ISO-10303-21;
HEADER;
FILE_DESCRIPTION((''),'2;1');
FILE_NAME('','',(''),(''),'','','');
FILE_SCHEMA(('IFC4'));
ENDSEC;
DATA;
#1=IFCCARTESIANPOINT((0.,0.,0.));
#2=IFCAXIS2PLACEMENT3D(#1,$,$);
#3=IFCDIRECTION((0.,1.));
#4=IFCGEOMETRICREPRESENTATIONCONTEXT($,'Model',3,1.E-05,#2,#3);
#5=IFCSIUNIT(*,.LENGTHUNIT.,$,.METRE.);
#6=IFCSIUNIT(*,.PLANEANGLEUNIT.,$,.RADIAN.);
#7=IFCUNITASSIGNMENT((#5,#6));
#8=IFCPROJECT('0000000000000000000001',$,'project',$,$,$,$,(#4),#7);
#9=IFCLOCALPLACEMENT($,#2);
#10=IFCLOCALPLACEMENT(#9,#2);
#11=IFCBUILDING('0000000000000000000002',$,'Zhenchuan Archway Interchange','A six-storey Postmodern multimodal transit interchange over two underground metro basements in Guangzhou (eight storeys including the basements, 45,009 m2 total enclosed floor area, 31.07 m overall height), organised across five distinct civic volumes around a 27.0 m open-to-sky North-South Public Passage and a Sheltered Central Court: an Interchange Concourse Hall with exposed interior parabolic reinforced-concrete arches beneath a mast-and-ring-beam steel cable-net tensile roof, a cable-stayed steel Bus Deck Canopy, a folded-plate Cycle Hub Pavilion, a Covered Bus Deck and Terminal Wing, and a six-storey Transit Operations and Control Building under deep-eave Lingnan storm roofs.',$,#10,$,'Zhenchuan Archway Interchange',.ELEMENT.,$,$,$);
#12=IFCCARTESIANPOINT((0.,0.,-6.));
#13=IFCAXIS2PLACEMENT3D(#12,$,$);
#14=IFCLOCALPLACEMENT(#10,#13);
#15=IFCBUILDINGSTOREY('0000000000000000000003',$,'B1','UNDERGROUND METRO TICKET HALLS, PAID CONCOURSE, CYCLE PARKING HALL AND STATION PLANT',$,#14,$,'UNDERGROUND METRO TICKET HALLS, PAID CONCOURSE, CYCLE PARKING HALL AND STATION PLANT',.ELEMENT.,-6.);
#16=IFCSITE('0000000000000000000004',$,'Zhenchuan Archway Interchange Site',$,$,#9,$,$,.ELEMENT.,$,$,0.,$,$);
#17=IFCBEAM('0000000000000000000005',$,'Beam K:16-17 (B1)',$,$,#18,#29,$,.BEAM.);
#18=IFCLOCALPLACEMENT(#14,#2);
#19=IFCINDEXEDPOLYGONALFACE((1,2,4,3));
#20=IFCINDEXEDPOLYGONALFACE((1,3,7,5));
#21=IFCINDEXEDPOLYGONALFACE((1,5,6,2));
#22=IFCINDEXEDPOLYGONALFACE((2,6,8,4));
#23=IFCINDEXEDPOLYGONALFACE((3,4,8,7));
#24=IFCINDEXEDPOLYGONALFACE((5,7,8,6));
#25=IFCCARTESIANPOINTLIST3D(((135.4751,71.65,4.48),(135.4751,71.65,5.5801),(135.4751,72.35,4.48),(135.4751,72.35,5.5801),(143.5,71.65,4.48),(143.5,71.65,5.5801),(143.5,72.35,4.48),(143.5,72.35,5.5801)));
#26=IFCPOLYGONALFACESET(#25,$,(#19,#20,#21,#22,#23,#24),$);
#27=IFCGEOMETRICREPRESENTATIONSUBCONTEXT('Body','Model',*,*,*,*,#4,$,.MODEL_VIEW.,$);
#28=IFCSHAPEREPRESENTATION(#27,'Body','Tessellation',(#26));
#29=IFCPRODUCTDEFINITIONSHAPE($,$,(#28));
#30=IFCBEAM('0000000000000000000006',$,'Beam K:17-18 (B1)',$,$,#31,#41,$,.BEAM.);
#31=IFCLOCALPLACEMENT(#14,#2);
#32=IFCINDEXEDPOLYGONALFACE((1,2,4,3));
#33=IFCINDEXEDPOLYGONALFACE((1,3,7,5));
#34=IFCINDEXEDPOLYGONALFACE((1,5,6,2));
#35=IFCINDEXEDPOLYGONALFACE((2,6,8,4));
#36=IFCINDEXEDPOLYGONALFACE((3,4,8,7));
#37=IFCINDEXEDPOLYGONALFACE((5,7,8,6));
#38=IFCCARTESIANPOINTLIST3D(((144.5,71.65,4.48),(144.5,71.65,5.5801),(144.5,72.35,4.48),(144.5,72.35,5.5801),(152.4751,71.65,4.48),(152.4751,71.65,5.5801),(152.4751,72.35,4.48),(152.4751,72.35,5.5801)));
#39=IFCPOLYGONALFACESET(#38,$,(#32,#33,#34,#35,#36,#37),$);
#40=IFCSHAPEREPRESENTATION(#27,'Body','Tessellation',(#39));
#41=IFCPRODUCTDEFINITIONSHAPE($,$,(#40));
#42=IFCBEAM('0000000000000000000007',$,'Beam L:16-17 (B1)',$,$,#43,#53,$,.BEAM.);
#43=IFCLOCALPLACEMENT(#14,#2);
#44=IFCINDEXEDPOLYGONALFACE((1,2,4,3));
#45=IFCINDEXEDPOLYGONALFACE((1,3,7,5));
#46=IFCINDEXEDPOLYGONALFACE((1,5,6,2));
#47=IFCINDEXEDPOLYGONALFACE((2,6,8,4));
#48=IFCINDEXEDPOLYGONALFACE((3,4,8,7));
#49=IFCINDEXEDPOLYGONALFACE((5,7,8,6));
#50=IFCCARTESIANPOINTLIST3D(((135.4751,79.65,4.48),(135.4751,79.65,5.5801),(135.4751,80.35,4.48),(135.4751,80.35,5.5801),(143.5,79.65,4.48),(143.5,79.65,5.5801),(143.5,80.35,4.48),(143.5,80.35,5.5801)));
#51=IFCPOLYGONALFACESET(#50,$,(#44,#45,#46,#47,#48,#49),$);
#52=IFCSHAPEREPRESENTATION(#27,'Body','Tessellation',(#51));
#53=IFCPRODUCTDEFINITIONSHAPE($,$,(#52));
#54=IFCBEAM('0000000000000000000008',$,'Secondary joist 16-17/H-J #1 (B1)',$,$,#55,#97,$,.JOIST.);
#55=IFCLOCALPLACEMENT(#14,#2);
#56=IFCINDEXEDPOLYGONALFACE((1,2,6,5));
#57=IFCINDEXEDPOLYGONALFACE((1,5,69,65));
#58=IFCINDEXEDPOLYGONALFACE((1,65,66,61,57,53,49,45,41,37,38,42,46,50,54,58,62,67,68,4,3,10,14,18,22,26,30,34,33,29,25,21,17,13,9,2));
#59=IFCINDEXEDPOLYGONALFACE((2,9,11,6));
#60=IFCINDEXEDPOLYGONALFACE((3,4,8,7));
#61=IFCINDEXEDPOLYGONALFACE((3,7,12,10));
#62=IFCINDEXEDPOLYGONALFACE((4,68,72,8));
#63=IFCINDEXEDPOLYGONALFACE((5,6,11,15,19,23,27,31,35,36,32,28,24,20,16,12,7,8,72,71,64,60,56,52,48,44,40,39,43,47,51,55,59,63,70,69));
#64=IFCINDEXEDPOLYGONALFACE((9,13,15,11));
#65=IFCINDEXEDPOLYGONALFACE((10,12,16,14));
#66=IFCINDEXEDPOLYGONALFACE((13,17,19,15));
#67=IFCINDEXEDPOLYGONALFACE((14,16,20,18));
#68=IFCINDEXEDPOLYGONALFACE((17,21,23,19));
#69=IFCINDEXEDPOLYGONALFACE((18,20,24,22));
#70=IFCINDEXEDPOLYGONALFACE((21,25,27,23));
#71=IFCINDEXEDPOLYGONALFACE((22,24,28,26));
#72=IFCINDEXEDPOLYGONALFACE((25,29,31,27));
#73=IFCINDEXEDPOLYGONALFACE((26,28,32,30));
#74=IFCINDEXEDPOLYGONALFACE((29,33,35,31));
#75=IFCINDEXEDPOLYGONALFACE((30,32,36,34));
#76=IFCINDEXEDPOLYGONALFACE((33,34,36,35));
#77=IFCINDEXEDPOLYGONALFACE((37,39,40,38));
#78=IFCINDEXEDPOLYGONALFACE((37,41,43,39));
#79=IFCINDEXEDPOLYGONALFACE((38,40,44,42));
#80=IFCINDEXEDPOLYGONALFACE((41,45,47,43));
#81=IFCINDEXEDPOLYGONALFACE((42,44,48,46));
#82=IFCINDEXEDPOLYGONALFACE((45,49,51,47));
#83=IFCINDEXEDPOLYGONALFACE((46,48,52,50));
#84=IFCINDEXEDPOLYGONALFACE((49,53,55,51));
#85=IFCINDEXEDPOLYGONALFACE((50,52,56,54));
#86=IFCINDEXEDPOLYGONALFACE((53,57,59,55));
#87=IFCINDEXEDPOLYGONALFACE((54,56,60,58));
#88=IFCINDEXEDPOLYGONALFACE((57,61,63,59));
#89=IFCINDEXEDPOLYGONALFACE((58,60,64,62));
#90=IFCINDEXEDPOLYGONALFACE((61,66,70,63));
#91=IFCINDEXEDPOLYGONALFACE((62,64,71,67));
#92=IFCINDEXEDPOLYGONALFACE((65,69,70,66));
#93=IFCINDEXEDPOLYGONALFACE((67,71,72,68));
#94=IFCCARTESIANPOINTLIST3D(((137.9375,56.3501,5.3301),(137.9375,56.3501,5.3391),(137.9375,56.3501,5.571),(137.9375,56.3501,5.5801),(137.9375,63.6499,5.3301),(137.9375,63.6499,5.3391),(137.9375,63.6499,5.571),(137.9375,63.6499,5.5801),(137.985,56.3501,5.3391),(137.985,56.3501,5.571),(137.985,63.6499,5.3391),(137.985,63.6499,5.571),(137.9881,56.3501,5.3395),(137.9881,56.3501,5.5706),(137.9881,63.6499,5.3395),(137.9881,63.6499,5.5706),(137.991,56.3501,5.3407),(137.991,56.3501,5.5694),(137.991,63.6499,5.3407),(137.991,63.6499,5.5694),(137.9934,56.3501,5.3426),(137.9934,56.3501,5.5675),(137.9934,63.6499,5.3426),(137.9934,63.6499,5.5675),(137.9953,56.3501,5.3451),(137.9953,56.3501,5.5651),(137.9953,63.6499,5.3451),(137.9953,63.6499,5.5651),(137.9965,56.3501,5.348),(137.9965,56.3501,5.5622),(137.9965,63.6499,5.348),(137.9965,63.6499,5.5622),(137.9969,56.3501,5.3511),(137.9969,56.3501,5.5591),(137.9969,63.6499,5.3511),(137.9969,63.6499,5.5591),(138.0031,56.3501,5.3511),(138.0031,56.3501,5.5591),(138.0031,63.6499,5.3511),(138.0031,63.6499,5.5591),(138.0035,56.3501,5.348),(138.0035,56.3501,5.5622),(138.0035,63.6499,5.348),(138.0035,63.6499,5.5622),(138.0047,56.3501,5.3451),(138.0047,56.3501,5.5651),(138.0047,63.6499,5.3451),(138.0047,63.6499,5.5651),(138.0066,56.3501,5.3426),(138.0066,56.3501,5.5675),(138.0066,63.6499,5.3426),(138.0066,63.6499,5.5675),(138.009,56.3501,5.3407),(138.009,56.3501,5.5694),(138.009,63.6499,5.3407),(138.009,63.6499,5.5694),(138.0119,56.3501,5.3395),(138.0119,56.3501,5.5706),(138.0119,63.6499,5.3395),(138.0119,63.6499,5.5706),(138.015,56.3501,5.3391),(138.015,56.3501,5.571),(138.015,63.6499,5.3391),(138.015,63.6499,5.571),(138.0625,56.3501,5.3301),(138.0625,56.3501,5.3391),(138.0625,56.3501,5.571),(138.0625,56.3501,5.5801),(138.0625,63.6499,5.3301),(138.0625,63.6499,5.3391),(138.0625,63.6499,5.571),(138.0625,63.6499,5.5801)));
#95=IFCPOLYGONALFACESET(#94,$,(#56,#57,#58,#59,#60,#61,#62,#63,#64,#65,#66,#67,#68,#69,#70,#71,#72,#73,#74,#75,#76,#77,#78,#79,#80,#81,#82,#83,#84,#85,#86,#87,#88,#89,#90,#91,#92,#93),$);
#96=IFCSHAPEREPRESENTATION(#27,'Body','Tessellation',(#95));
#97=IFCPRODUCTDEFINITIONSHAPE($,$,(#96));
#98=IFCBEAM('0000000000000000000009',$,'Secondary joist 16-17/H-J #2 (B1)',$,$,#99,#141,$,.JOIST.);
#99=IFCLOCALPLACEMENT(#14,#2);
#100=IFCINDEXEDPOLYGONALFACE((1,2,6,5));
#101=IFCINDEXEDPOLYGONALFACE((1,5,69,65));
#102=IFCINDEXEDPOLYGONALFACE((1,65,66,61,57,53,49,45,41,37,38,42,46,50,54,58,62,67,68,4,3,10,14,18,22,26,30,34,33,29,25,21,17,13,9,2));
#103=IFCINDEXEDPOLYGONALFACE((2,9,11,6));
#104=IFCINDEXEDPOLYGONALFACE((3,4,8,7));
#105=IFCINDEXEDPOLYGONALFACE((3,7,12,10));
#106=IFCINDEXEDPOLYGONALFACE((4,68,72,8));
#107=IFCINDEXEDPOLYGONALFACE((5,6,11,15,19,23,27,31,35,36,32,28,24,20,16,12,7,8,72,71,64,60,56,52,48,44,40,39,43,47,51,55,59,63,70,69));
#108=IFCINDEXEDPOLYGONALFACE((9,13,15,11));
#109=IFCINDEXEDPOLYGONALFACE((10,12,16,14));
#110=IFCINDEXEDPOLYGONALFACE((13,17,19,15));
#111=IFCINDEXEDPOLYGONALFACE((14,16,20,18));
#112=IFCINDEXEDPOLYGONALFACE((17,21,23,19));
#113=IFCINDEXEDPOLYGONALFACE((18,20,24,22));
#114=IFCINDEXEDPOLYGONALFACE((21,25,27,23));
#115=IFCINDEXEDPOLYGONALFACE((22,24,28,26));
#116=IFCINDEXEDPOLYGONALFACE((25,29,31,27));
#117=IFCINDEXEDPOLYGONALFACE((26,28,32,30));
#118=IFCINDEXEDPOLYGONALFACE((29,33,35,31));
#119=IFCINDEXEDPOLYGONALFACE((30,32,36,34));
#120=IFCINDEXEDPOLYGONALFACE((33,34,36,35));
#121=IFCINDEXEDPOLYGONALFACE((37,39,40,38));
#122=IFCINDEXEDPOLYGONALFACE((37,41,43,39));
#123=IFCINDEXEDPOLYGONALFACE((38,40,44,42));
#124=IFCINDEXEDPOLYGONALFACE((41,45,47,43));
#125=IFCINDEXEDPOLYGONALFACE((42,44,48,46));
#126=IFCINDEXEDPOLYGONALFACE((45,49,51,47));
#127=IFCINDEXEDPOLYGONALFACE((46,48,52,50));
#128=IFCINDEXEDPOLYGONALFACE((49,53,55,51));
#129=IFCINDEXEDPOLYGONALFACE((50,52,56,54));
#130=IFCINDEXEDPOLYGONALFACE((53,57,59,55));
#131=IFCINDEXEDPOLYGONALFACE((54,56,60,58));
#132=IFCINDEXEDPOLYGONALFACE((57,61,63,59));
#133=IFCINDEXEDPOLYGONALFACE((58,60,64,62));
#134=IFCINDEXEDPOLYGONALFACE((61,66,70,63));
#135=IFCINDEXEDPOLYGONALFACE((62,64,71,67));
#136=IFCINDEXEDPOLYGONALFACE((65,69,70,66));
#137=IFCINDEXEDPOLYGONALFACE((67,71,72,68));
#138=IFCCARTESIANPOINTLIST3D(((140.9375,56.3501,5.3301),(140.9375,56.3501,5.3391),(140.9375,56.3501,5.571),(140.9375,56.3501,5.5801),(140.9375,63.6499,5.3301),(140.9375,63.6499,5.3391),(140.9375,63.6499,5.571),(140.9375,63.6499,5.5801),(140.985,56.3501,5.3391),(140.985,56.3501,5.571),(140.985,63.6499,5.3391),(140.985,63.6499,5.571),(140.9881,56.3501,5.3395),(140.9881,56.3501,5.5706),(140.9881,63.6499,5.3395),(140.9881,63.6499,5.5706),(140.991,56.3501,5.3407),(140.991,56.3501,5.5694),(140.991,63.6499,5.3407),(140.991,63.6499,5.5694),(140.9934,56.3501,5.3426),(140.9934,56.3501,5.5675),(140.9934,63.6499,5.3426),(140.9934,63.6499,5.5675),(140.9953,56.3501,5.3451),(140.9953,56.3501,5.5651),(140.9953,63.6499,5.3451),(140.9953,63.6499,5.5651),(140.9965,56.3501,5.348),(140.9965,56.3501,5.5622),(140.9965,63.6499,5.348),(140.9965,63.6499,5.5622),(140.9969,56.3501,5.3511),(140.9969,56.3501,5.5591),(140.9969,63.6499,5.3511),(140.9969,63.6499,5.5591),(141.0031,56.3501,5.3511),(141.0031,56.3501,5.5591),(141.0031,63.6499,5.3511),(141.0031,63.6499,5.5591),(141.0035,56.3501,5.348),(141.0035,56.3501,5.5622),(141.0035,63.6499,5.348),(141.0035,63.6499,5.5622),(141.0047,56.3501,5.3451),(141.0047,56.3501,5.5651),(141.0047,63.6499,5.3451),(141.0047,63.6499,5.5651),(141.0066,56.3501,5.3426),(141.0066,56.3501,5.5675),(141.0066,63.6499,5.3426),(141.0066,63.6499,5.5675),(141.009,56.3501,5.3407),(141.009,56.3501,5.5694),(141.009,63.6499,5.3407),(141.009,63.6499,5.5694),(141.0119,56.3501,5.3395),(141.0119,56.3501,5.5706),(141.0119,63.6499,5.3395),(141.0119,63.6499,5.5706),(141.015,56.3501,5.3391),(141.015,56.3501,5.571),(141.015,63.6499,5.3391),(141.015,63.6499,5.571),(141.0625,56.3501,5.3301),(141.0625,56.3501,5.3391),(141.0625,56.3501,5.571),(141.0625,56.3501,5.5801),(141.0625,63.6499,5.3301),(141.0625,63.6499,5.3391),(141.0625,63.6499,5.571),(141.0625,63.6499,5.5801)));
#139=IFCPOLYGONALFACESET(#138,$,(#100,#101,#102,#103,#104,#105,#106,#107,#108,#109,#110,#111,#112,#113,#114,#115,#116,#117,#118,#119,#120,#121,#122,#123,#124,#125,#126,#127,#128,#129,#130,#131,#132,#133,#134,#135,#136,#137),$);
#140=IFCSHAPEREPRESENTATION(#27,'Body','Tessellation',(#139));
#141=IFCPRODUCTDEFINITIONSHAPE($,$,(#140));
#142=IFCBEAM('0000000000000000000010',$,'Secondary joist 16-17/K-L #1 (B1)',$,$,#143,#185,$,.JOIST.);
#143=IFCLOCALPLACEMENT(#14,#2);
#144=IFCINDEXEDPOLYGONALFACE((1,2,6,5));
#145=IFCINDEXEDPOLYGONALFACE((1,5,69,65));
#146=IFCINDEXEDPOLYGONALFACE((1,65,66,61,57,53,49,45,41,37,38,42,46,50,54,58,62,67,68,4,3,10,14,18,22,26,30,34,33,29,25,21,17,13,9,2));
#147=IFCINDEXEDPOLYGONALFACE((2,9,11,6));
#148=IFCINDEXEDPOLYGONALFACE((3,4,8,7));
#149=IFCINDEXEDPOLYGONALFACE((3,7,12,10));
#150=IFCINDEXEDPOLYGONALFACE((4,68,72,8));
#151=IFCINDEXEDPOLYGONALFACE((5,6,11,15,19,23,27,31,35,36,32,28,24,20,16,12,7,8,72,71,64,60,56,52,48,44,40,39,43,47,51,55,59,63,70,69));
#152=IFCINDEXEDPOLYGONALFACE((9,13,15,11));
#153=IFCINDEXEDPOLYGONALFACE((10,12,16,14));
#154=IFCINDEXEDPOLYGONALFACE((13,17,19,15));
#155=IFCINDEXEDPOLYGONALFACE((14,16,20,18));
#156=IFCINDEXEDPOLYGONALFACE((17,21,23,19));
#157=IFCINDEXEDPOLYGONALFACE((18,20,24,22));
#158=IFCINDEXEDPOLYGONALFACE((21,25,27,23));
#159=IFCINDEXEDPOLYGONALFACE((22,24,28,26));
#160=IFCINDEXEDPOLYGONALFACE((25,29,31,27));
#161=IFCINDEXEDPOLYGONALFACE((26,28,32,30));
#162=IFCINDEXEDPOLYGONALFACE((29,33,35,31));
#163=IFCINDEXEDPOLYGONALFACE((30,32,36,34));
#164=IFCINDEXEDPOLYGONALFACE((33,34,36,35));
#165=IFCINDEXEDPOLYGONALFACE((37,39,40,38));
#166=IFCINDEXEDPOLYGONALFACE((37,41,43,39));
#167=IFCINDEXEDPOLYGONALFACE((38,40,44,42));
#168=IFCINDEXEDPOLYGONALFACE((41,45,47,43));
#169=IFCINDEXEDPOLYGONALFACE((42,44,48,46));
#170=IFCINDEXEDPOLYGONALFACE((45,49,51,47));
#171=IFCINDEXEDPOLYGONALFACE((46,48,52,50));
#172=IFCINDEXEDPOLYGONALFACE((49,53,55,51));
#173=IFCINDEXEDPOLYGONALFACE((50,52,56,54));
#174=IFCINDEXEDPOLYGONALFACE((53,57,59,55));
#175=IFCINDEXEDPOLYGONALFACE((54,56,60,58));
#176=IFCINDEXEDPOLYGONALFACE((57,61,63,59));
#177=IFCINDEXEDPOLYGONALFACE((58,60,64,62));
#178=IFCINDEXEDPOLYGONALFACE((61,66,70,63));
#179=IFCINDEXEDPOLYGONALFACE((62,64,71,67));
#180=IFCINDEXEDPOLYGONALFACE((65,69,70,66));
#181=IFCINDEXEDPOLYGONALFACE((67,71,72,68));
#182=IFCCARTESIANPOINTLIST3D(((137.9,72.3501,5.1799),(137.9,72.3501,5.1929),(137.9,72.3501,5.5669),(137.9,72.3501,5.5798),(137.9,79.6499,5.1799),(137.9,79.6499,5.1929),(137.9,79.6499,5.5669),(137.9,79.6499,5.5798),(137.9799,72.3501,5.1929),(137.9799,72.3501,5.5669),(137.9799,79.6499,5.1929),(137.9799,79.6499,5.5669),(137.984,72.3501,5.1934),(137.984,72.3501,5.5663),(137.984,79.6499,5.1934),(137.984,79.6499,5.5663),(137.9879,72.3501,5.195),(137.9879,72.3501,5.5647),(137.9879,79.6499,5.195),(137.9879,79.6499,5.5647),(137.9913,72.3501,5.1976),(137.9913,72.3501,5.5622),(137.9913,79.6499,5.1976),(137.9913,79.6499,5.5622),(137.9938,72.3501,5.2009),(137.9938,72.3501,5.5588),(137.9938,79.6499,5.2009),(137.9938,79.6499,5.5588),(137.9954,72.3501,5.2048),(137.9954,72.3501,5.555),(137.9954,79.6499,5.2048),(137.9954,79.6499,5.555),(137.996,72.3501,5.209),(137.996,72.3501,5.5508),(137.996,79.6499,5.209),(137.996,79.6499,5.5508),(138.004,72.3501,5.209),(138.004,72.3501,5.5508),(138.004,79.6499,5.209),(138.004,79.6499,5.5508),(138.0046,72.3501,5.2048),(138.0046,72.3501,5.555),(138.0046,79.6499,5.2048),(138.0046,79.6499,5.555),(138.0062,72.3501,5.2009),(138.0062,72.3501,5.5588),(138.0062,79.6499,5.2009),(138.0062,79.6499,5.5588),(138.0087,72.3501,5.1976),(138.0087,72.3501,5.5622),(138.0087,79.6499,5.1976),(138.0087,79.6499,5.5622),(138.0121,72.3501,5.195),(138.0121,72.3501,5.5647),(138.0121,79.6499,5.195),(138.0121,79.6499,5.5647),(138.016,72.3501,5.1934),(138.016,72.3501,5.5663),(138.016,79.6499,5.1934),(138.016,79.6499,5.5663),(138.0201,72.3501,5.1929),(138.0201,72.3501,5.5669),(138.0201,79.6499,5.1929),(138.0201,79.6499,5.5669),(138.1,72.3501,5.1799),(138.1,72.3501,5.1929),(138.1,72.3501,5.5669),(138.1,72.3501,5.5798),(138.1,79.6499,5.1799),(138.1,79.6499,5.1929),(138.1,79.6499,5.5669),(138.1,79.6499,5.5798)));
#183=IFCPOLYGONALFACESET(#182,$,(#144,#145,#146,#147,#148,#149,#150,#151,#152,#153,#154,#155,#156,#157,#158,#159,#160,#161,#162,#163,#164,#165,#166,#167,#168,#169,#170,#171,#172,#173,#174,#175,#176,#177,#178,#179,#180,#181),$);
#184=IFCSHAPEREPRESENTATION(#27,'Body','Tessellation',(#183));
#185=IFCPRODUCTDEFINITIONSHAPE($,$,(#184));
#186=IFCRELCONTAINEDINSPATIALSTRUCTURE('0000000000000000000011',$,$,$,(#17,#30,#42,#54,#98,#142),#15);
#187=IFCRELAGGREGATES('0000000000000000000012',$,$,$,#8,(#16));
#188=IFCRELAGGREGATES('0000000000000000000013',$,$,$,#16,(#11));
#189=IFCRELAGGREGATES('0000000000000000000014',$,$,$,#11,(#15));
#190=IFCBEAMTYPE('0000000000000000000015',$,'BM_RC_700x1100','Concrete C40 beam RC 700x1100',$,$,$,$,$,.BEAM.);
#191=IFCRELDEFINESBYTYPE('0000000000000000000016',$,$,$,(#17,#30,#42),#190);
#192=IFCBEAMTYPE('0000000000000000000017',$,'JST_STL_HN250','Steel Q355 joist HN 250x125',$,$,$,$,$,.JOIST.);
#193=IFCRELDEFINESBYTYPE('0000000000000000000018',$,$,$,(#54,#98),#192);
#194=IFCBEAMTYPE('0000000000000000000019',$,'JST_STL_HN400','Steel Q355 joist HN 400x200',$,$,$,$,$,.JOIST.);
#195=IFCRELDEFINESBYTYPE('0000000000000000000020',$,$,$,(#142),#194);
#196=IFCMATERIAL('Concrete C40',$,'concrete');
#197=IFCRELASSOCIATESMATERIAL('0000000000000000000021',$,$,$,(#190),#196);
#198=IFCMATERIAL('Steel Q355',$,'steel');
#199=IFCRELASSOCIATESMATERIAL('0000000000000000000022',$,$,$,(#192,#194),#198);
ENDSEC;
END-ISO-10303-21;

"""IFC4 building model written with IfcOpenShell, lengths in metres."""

from ifc_helpers import new_model, si_unit, direction, frame, origin, origin_2d, place, context, subcontext, project, spatial, rectangle, i_section, extrude, material, material_profile, profile_set, type_object, element, save


model = new_model("IFC4")

# Units and contexts
model_context = context("Model", 3, precision=1e-05, world=origin(), true_north=direction((0.0, 1.0)))
body_context = subcontext(model_context, "Body", "Model", "MODEL_VIEW")
ifc_project = project(units=[si_unit("LENGTHUNIT", "METRE"), si_unit("PLANEANGLEUNIT", "RADIAN")], contexts=[model_context])

# Site, building, storey
site_placement = place(None, origin())
site = spatial("IfcSite", under=ifc_project, at=site_placement, Name="Zhenchuan Archway Interchange Site", CompositionType="ELEMENT", RefElevation=0.0)
building_placement = place(site_placement, origin())
building = spatial("IfcBuilding", under=site, at=building_placement, Name="Zhenchuan Archway Interchange", Description="A six-storey Postmodern multimodal transit interchange over two underground metro basements in Guangzhou (eight storeys including the basements, 45,009 m2 total enclosed floor area, 31.07 m overall height), organised across five distinct civic volumes around a 27.0 m open-to-sky North-South Public Passage and a Sheltered Central Court: an Interchange Concourse Hall with exposed interior parabolic reinforced-concrete arches beneath a mast-and-ring-beam steel cable-net tensile roof, a cable-stayed steel Bus Deck Canopy, a folded-plate Cycle Hub Pavilion, a Covered Bus Deck and Terminal Wing, and a six-storey Transit Operations and Control Building under deep-eave Lingnan storm roofs.", LongName="Zhenchuan Archway Interchange", CompositionType="ELEMENT")
storey_placement = place(building_placement, frame((0.0, 0.0, -6.0)))
storey = spatial("IfcBuildingStorey", under=building, at=storey_placement, Name="B1", Description="UNDERGROUND METRO TICKET HALLS, PAID CONCOURSE, CYCLE PARKING HALL AND STATION PLANT", LongName="UNDERGROUND METRO TICKET HALLS, PAID CONCOURSE, CYCLE PARKING HALL AND STATION PLANT", CompositionType="ELEMENT", Elevation=-6.0)

# Beams
ifc_material_1 = material(Name="Concrete C40", Category="concrete")
ifc_material_profile_1 = material_profile(ifc_material_1, rectangle(XDim=0.7, YDim=1.1001, at=origin_2d()), Name="RC 700x1100")
ifc_profile_set_1 = profile_set([ifc_material_profile_1], Name="Concrete C40")
beam_type_1 = type_object("IfcBeamType", Name="BM_RC_700x1100", Description="Concrete C40 beam RC 700x1100", PredefinedType="BEAM", material=ifc_profile_set_1)
beam_1_placement = place(storey_placement, frame((135.4751, 72.0, 5.03), z_axis=(1.0, 0.0, 0.0), x_axis=(0.0, 1.0, 0.0)))
element("IfcBeam", 1, at=beam_1_placement, inside=storey, type_object=beam_type_1, Name="Beam K:16-17 (B1)", PredefinedType="BEAM", context=body_context, shape_type="SweptSolid", body=[
    extrude(rectangle(XDim=0.7, YDim=1.1001, at=origin_2d()), origin(), (0.0, 0.0, 1.0), 8.0249),
])
beam_2_placement = place(storey_placement, frame((144.5, 72.0, 5.03), z_axis=(1.0, 0.0, 0.0), x_axis=(0.0, 1.0, 0.0)))
element("IfcBeam", 2, at=beam_2_placement, inside=storey, type_object=beam_type_1, Name="Beam K:17-18 (B1)", PredefinedType="BEAM", context=body_context, shape_type="SweptSolid", body=[
    extrude(rectangle(XDim=0.7, YDim=1.1001, at=origin_2d()), origin(), (0.0, 0.0, 1.0), 7.9751),
])
beam_3_placement = place(storey_placement, frame((135.4751, 80.0, 5.03), z_axis=(1.0, 0.0, 0.0), x_axis=(0.0, 1.0, 0.0)))
element("IfcBeam", 3, at=beam_3_placement, inside=storey, type_object=beam_type_1, Name="Beam L:16-17 (B1)", PredefinedType="BEAM", context=body_context, shape_type="SweptSolid", body=[
    extrude(rectangle(XDim=0.7, YDim=1.1001, at=origin_2d()), origin(), (0.0, 0.0, 1.0), 8.0249),
])
ifc_material_2 = material(Name="Steel Q355", Category="steel")
ifc_material_profile_2 = material_profile(ifc_material_2, i_section(OverallWidth=0.125, OverallDepth=0.25, WebThickness=0.0061, FlangeThickness=0.009, FilletRadius=0.012, at=origin_2d()), Name="HN 250x125")
ifc_profile_set_2 = profile_set([ifc_material_profile_2], Name="Steel Q355")
beam_type_2 = type_object("IfcBeamType", Name="JST_STL_HN250", Description="Steel Q355 joist HN 250x125", PredefinedType="JOIST", material=ifc_profile_set_2)
for number, where, z_axis, x_axis, name in (
    (4, (138.0, 56.3501, 5.4551), (0.0, 1.0, 0.0), (-1.0, 0.0, 0.0), "Secondary joist 16-17/H-J #1 (B1)"),
    (5, (141.0, 56.3501, 5.4551), (0.0, 1.0, 0.0), (-1.0, 0.0, 0.0), "Secondary joist 16-17/H-J #2 (B1)"),
):
    element("IfcBeam", number, at=place(storey_placement, frame(where, z_axis=z_axis, x_axis=x_axis)), inside=storey, type_object=beam_type_2, Name=name, PredefinedType="JOIST", context=body_context, shape_type="SweptSolid", body=[
        extrude(i_section(OverallWidth=0.125, OverallDepth=0.25, WebThickness=0.0061, FlangeThickness=0.009, FilletRadius=0.012, at=origin_2d()), origin(), (0.0, 0.0, 1.0), 7.2998),
    ])
ifc_material_profile_3 = material_profile(ifc_material_2, i_section(OverallWidth=0.2, OverallDepth=0.3999, WebThickness=0.0081, FlangeThickness=0.0129, FilletRadius=0.0161, at=origin_2d()), Name="HN 400x200")
ifc_profile_set_3 = profile_set([ifc_material_profile_3], Name="Steel Q355")
beam_type_3 = type_object("IfcBeamType", Name="JST_STL_HN400", Description="Steel Q355 joist HN 400x200", PredefinedType="JOIST", material=ifc_profile_set_3)
for number, where, z_axis, x_axis, name in (
    (6, (138.0, 72.3501, 5.3799), (0.0, 1.0, 0.0), (-1.0, 0.0, 0.0), "Secondary joist 16-17/K-L #1 (B1)"),
):
    element("IfcBeam", number, at=place(storey_placement, frame(where, z_axis=z_axis, x_axis=x_axis)), inside=storey, type_object=beam_type_3, Name=name, PredefinedType="JOIST", context=body_context, shape_type="SweptSolid", body=[
        extrude(i_section(OverallWidth=0.2, OverallDepth=0.3999, WebThickness=0.0081, FlangeThickness=0.0129, FilletRadius=0.0161, at=origin_2d()), origin(), (0.0, 0.0, 1.0), 7.2998),
    ])

save(model, "model.ifc")
